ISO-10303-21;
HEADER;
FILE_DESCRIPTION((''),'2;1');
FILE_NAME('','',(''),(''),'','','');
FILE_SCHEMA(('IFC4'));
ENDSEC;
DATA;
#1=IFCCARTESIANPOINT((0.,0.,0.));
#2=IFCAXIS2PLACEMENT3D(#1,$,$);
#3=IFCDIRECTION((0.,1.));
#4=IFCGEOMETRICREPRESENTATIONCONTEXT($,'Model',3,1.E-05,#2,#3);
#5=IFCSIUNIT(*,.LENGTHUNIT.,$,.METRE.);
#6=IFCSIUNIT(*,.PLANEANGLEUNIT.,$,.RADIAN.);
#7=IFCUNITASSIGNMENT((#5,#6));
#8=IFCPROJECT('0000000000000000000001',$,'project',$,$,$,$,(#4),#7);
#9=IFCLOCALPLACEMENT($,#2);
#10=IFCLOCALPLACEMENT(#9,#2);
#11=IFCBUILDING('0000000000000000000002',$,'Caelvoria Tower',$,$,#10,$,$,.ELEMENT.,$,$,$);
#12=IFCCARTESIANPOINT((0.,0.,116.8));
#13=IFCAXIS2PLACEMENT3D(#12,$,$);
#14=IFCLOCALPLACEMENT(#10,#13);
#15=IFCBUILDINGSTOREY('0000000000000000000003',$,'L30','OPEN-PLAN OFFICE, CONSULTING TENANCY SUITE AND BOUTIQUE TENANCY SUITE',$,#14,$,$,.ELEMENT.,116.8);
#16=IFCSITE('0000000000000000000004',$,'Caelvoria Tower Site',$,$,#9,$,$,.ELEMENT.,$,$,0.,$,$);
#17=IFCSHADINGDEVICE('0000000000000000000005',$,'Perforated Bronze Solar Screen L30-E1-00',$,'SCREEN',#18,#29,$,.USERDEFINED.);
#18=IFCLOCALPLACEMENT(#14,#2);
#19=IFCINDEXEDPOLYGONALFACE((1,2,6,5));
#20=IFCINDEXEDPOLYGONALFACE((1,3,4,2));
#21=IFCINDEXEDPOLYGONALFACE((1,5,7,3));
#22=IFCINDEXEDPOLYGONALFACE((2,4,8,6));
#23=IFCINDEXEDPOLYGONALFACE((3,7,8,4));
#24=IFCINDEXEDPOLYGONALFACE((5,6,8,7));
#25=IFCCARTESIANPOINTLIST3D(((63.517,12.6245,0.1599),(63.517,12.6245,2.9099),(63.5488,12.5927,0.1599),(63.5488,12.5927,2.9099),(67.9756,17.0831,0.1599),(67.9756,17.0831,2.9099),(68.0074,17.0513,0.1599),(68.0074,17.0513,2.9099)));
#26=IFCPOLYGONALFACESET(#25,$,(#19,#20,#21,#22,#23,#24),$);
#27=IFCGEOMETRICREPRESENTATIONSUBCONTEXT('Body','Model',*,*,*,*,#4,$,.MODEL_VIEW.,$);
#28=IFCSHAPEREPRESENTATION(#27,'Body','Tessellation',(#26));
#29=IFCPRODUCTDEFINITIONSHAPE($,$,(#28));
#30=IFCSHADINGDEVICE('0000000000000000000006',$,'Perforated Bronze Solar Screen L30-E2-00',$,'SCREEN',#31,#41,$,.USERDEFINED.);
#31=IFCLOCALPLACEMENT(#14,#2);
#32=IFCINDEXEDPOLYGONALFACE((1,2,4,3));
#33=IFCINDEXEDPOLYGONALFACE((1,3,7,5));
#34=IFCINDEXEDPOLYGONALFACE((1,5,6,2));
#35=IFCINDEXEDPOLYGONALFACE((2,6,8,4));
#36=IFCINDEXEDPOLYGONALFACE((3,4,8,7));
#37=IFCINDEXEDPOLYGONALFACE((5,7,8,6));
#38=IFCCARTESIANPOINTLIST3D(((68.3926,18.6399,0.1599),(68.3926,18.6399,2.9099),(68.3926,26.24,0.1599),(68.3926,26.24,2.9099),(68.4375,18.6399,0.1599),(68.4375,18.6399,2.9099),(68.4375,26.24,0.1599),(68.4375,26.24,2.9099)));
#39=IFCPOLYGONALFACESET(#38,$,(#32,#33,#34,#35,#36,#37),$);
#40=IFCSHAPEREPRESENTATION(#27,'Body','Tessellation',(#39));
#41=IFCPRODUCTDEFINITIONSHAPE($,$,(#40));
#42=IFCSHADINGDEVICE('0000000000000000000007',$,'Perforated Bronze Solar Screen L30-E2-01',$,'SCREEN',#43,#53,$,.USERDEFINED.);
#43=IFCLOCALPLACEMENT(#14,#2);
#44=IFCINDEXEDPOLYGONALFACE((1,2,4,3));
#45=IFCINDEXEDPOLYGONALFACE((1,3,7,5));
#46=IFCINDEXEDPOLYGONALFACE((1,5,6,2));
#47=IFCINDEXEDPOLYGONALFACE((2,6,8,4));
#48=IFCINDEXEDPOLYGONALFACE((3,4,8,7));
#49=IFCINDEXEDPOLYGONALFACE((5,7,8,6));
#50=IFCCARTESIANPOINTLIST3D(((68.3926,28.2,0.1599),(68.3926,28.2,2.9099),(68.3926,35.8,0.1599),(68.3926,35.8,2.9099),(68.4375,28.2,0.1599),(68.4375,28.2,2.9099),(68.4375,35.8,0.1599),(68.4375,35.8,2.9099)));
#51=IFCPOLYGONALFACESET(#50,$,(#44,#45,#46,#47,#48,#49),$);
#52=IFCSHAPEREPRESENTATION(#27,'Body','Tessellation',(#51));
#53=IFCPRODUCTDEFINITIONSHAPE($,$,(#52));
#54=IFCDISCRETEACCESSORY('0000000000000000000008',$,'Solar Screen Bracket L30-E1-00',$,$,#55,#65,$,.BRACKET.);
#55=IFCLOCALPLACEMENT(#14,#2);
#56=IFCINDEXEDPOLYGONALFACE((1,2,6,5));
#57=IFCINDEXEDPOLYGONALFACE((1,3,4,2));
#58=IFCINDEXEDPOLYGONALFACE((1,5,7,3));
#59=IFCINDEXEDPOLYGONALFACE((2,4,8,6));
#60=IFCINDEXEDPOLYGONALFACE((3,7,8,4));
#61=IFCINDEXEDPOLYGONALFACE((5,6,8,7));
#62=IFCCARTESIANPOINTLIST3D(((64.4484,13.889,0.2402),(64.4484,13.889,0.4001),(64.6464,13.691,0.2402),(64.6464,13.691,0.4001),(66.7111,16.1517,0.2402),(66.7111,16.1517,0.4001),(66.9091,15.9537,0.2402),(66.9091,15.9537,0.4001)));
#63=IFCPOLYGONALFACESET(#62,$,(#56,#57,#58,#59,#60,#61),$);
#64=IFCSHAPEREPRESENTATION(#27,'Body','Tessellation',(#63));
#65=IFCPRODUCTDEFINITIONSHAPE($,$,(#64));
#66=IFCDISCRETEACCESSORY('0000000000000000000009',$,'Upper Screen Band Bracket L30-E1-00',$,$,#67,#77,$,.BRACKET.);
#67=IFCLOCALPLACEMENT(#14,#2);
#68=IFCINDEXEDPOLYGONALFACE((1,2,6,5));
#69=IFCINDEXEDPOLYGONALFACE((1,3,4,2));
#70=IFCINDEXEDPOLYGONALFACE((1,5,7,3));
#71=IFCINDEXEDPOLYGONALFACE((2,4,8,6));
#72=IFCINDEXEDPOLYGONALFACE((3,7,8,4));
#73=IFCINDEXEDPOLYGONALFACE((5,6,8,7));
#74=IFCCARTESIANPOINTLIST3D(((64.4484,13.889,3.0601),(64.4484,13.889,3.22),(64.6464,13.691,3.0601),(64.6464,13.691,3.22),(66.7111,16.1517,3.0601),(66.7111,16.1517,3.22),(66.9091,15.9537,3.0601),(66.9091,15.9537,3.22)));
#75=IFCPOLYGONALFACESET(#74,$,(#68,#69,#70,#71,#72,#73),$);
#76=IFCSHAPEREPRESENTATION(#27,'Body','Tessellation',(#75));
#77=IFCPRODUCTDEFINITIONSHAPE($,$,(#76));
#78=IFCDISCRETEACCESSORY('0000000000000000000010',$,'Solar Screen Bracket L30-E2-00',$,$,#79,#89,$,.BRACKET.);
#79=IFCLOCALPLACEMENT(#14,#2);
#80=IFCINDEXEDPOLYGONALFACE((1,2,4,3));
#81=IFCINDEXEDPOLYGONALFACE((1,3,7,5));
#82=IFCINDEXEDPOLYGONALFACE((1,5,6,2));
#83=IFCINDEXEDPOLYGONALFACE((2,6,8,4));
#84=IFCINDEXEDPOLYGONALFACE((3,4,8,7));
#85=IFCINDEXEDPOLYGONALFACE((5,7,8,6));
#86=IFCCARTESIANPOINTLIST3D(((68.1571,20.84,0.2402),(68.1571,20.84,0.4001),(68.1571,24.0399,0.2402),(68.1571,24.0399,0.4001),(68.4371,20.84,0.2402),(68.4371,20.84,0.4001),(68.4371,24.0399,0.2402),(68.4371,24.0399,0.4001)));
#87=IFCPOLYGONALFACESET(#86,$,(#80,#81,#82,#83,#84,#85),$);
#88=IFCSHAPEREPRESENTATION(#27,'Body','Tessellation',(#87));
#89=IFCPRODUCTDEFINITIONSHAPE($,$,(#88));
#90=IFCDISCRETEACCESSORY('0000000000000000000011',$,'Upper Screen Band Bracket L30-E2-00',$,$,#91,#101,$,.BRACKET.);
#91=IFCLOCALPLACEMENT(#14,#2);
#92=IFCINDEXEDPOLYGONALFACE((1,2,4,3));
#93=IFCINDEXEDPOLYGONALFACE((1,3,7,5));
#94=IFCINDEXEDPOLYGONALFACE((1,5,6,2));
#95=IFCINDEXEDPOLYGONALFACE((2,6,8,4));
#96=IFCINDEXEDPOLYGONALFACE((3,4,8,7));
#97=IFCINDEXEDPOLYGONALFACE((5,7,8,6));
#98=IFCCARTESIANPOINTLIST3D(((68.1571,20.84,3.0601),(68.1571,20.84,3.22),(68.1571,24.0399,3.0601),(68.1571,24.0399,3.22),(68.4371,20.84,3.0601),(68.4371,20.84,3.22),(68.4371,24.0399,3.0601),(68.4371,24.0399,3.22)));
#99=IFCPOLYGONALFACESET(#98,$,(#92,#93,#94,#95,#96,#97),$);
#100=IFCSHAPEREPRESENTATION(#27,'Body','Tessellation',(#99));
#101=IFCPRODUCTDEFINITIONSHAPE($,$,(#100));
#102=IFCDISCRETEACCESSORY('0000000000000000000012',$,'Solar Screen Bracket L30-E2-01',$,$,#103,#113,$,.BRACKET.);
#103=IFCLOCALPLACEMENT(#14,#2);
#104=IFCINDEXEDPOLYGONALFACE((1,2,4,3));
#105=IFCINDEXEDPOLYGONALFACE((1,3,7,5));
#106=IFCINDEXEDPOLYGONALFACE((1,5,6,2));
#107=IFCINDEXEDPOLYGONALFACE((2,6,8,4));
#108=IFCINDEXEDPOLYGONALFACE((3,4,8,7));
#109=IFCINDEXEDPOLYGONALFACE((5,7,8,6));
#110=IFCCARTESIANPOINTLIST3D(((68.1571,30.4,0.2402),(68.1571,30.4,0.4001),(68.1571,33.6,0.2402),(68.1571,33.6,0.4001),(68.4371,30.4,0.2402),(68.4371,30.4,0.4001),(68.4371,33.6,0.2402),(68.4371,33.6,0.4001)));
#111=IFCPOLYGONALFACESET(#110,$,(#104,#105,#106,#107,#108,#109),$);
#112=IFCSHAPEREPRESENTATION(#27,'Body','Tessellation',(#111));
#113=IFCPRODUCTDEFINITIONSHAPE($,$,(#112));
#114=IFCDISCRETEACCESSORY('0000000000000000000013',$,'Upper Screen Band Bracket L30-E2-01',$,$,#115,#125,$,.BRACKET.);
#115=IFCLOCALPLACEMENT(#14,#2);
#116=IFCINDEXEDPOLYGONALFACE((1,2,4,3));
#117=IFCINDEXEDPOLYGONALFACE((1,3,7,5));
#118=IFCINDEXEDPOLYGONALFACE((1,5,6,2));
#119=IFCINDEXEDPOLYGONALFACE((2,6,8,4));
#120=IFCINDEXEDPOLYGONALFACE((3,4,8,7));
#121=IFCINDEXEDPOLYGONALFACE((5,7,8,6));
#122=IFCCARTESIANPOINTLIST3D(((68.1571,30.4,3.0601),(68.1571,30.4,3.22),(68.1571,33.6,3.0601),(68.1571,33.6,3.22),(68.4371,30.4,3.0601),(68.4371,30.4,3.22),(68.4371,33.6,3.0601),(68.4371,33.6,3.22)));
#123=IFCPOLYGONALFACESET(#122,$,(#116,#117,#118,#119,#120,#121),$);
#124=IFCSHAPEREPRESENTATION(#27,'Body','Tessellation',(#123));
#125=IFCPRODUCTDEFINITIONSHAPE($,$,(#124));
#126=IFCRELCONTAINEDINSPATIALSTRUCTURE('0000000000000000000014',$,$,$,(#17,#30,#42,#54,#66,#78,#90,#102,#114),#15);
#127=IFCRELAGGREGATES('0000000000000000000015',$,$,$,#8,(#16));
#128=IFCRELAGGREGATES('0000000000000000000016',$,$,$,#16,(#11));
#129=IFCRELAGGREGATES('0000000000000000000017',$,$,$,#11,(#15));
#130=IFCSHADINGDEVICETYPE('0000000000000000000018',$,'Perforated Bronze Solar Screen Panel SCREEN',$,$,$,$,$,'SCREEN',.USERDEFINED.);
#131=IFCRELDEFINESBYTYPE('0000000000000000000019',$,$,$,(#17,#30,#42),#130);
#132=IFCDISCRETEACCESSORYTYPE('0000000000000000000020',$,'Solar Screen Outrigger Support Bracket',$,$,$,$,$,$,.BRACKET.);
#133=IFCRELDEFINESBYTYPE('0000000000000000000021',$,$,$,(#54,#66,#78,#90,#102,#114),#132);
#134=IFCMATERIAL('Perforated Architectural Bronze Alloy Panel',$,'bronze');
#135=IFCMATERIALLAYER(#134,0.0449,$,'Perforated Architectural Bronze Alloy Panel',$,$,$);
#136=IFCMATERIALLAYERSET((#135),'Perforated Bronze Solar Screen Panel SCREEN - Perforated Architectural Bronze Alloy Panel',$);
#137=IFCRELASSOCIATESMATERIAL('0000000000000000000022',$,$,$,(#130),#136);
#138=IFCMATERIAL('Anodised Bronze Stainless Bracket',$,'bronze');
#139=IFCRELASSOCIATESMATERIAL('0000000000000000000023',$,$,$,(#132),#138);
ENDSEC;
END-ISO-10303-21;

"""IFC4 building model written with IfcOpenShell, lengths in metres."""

from ifc_helpers import new_model, si_unit, direction, frame, origin, origin_2d, place, context, subcontext, project, spatial, rectangle, extrude, material, layer, layer_set, type_object, element, save


model = new_model("IFC4")

# Units and contexts
model_context = context("Model", 3, precision=1e-05, world=origin(), true_north=direction((0.0, 1.0)))
body_context = subcontext(model_context, "Body", "Model", "MODEL_VIEW")
ifc_project = project(units=[si_unit("LENGTHUNIT", "METRE"), si_unit("PLANEANGLEUNIT", "RADIAN")], contexts=[model_context])

# Site, building, storey
site_placement = place(None, origin())
site = spatial("IfcSite", under=ifc_project, at=site_placement, Name="Caelvoria Tower Site", CompositionType="ELEMENT", RefElevation=0.0)
building_placement = place(site_placement, origin())
building = spatial("IfcBuilding", under=site, at=building_placement, Name="Caelvoria Tower", CompositionType="ELEMENT")
storey_placement = place(building_placement, frame((0.0, 0.0, 116.8)))
storey = spatial("IfcBuildingStorey", under=building, at=storey_placement, Name="L30", Description="OPEN-PLAN OFFICE, CONSULTING TENANCY SUITE AND BOUTIQUE TENANCY SUITE", CompositionType="ELEMENT", Elevation=116.8)

# Shading devices
ifc_material_1 = material(Name="Perforated Architectural Bronze Alloy Panel", Category="bronze")
ifc_layer_1 = layer(ifc_material_1, 0.0449, Name="Perforated Architectural Bronze Alloy Panel")
ifc_layer_set_1 = layer_set([ifc_layer_1], Name="Perforated Bronze Solar Screen Panel SCREEN - Perforated Architectural Bronze Alloy Panel")
shading_device_type = type_object("IfcShadingDeviceType", Name="Perforated Bronze Solar Screen Panel SCREEN", ElementType="SCREEN", PredefinedType="USERDEFINED", material=ifc_layer_set_1)
shading_device_placement = place(storey_placement, frame((65.7622, 14.8379, 0.1599), z_axis=(0.0, 0.0, 1.0), x_axis=(0.707107, 0.707107, 0.0)))
element("IfcShadingDevice", 1, at=shading_device_placement, inside=storey, type_object=shading_device_type, Name="Perforated Bronze Solar Screen L30-E1-00", ObjectType="SCREEN", PredefinedType="USERDEFINED", context=body_context, shape_type="SweptSolid", body=[
    extrude(rectangle(XDim=6.3054, YDim=0.0449, at=origin_2d()), origin(), (0.0, 0.0, 1.0), 2.75),
])
for number, where, z_axis, x_axis, name in (
    (2, (68.415, 22.4399, 0.1599), (0.0, 0.0, 1.0), (0.0, 1.0, 0.0), "Perforated Bronze Solar Screen L30-E2-00"),
    (3, (68.415, 32.0, 0.1599), (0.0, 0.0, 1.0), (0.0, 1.0, 0.0), "Perforated Bronze Solar Screen L30-E2-01"),
):
    element("IfcShadingDevice", number, at=place(storey_placement, frame(where, z_axis=z_axis, x_axis=x_axis)), inside=storey, type_object=shading_device_type, Name=name, ObjectType="SCREEN", PredefinedType="USERDEFINED", context=body_context, shape_type="SweptSolid", body=[
        extrude(rectangle(XDim=7.6001, YDim=0.0449, at=origin_2d()), origin(), (0.0, 0.0, 1.0), 2.75),
    ])

# Discrete accessories
ifc_material_2 = material(Name="Anodised Bronze Stainless Bracket", Category="bronze")
discrete_accessory_type = type_object("IfcDiscreteAccessoryType", Name="Solar Screen Outrigger Support Bracket", PredefinedType="BRACKET", material=ifc_material_2)
for number, where, z_axis, x_axis, name in (
    (4, (65.6787, 14.9214, 0.2402), (0.0, 0.0, 1.0), (0.707107, 0.707107, 0.0), "Solar Screen Bracket L30-E1-00"),
    (5, (65.6787, 14.9214, 3.0601), (0.0, 0.0, 1.0), (0.707107, 0.707107, 0.0), "Upper Screen Band Bracket L30-E1-00"),
    (6, (68.2971, 22.4399, 0.2402), (0.0, 0.0, 1.0), (0.0, 1.0, 0.0), "Solar Screen Bracket L30-E2-00"),
    (7, (68.2971, 22.4399, 3.0601), (0.0, 0.0, 1.0), (0.0, 1.0, 0.0), "Upper Screen Band Bracket L30-E2-00"),
    (8, (68.2971, 32.0, 0.2402), (0.0, 0.0, 1.0), (0.0, 1.0, 0.0), "Solar Screen Bracket L30-E2-01"),
    (9, (68.2971, 32.0, 3.0601), (0.0, 0.0, 1.0), (0.0, 1.0, 0.0), "Upper Screen Band Bracket L30-E2-01"),
):
    element("IfcDiscreteAccessory", number, at=place(storey_placement, frame(where, z_axis=z_axis, x_axis=x_axis)), inside=storey, type_object=discrete_accessory_type, Name=name, PredefinedType="BRACKET", context=body_context, shape_type="SweptSolid", body=[
        extrude(rectangle(XDim=3.2, YDim=0.28, at=origin_2d()), origin(), (0.0, 0.0, 1.0), 0.1599),
    ])

save(model, "model.ifc")
